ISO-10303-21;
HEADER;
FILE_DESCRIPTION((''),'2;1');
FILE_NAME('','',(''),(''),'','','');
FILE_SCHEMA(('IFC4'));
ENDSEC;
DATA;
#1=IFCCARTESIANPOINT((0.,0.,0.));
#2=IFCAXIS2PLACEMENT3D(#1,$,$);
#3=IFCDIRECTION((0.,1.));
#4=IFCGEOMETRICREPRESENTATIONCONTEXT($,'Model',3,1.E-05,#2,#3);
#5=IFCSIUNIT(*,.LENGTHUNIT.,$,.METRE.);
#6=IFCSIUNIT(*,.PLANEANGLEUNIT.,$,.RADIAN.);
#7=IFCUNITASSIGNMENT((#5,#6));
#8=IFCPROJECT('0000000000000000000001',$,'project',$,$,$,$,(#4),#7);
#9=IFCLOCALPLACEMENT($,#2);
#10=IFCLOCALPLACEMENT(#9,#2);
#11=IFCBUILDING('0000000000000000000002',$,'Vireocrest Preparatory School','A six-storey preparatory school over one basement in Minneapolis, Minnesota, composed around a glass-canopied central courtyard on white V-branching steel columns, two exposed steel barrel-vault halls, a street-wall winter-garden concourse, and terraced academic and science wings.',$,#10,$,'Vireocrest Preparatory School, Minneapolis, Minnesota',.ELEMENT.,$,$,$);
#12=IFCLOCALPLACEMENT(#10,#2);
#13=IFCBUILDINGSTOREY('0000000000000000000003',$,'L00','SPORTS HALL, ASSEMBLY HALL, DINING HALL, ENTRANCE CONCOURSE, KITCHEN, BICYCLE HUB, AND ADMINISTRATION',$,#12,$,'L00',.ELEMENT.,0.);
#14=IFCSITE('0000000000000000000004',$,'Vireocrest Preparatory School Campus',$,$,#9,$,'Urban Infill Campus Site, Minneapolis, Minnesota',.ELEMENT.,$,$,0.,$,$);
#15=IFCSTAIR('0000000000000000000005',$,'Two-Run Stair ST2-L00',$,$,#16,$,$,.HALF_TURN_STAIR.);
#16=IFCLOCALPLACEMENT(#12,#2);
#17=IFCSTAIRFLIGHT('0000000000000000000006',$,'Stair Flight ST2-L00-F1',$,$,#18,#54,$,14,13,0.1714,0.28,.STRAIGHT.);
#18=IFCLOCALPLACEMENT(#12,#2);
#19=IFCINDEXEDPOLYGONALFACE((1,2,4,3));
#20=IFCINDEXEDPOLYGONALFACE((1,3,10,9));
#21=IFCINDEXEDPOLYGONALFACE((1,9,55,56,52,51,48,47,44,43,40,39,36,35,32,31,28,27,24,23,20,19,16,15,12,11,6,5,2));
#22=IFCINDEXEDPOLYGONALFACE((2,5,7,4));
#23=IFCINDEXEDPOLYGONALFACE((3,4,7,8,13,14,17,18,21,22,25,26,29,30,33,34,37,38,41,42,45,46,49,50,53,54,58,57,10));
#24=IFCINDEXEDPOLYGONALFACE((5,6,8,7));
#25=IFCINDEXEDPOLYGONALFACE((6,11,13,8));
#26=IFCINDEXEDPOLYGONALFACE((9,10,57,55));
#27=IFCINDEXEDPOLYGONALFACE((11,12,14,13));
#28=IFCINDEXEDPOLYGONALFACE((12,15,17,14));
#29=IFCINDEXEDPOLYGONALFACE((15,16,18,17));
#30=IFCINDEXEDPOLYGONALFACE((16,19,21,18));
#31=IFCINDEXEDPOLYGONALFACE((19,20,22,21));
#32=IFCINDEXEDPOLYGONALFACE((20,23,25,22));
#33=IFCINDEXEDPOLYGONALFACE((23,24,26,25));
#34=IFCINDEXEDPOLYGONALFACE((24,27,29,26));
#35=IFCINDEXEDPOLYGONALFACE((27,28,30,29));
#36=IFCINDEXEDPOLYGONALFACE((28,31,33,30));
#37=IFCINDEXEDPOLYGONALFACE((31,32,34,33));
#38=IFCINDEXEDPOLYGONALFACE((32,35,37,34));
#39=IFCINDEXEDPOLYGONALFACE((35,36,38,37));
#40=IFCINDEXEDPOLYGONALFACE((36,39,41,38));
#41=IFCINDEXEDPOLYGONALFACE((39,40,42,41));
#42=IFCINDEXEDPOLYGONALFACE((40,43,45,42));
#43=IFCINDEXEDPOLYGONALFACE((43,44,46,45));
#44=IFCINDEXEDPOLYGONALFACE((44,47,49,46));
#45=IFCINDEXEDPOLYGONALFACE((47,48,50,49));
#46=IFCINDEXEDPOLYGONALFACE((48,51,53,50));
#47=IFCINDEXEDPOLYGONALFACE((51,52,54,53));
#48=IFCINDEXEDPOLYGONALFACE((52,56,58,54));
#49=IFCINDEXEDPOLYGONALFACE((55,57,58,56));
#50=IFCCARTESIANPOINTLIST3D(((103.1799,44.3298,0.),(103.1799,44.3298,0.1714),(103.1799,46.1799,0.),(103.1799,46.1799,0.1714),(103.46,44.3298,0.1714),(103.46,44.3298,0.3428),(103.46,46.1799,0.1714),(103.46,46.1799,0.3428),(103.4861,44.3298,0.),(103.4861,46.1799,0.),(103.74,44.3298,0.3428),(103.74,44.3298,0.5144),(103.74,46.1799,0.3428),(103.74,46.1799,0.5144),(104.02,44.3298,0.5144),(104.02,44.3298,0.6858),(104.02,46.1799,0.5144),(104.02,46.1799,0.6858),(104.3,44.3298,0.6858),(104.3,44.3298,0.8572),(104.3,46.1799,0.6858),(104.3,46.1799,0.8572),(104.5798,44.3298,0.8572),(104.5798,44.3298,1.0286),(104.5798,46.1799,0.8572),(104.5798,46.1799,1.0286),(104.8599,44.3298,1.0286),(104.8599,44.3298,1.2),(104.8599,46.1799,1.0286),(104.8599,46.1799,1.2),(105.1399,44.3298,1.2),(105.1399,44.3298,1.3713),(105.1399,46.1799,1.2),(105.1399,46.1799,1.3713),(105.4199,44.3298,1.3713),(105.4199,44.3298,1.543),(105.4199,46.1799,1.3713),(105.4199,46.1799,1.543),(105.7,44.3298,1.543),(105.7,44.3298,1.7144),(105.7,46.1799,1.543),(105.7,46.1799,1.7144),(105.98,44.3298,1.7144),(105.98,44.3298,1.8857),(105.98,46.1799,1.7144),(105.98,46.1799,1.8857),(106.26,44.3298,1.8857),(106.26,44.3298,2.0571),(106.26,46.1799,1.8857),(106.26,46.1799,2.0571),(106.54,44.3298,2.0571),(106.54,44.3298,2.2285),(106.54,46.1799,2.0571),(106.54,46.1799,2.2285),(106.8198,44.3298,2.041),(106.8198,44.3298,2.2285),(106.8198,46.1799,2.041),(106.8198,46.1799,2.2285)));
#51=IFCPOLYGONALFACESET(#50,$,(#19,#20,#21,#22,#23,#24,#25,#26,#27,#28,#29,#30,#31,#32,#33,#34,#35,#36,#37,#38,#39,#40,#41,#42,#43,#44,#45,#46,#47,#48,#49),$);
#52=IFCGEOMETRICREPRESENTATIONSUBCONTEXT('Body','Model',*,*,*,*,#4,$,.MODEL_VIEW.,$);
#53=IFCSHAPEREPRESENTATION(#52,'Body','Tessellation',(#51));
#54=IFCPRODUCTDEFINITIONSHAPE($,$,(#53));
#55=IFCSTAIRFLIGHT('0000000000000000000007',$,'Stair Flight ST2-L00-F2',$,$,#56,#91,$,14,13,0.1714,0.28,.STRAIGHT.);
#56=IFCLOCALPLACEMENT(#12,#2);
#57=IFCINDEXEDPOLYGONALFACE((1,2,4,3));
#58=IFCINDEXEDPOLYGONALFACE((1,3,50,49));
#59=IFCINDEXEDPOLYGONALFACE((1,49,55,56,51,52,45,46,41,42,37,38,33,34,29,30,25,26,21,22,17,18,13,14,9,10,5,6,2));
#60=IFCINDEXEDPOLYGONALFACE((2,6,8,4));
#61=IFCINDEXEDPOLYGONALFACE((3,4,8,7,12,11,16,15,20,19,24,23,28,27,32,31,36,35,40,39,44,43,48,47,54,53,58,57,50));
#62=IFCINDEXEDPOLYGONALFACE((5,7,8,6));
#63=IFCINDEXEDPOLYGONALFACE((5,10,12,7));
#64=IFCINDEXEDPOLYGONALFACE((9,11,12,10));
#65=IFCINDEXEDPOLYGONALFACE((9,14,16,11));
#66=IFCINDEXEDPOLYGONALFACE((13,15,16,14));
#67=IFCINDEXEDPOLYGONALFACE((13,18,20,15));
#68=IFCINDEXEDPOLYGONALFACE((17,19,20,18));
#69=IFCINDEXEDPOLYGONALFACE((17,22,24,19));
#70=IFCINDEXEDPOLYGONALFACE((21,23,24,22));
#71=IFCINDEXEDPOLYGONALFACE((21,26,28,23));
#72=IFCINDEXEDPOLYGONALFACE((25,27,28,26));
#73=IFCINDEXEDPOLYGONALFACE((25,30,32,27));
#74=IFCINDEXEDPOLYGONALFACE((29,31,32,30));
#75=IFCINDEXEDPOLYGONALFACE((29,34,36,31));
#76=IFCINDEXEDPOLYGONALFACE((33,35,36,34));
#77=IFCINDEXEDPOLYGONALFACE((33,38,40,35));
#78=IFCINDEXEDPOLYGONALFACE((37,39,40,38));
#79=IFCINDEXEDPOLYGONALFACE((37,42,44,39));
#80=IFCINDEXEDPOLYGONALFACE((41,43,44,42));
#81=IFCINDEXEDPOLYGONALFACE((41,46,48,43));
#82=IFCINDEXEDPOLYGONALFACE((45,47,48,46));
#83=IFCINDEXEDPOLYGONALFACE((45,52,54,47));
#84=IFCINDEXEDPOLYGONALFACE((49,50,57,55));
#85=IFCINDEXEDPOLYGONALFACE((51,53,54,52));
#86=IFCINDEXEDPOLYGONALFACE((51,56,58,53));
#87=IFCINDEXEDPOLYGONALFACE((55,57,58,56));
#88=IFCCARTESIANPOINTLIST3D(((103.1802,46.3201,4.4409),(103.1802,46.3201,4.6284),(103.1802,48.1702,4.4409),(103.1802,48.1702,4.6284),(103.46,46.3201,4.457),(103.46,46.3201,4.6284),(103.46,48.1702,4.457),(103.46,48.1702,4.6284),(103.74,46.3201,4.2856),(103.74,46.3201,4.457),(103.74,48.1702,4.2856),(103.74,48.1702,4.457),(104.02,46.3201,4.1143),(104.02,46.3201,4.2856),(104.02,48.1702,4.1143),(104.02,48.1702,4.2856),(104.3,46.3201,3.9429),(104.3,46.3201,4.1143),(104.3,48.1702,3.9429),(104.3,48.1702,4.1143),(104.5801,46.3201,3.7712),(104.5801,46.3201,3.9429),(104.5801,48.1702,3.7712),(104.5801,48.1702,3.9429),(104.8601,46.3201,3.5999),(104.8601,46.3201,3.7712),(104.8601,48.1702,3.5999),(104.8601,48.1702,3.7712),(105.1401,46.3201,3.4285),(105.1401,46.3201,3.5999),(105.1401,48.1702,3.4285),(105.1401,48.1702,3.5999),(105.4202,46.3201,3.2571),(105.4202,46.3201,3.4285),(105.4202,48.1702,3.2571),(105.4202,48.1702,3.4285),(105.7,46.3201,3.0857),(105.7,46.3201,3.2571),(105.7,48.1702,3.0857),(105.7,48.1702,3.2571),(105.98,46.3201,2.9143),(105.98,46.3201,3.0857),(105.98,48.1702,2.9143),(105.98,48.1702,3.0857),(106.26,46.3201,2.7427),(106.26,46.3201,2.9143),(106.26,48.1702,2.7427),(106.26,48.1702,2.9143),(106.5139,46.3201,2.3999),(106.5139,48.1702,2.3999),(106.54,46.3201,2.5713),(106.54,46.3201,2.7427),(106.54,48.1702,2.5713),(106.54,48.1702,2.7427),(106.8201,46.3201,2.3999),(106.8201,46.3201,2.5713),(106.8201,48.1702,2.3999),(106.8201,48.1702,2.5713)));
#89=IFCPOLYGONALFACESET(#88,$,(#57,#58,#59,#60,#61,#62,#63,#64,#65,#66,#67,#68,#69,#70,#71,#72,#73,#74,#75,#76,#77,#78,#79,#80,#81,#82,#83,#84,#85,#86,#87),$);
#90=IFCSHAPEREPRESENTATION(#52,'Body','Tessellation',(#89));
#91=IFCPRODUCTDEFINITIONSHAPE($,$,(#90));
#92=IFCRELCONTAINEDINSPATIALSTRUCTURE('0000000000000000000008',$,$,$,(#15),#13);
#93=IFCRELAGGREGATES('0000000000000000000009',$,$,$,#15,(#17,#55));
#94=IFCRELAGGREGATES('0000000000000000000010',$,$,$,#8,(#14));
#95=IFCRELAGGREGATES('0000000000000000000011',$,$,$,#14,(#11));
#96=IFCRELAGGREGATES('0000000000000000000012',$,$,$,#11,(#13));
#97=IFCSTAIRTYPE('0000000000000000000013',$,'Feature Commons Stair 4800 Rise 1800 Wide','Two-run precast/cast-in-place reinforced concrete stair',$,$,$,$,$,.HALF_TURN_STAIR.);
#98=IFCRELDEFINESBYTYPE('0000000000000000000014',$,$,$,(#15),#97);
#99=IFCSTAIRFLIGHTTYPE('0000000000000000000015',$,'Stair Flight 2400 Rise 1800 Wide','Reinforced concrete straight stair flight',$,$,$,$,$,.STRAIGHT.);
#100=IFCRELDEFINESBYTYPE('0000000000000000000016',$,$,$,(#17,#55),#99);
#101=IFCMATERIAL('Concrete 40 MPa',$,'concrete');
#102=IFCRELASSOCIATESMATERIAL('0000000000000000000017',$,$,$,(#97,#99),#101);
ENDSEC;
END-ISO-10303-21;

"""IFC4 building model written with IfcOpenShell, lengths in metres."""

from ifc_helpers import new_model, si_unit, direction, frame, origin, place, context, subcontext, project, spatial, polyline, outline, extrude, material, type_object, element, aggregate, save


model = new_model("IFC4")

# Units and contexts
model_context = context("Model", 3, precision=1e-05, world=origin(), true_north=direction((0.0, 1.0)))
body_context = subcontext(model_context, "Body", "Model", "MODEL_VIEW")
ifc_project = project(units=[si_unit("LENGTHUNIT", "METRE"), si_unit("PLANEANGLEUNIT", "RADIAN")], contexts=[model_context])

# Site, building, storey
site_placement = place(None, origin())
site = spatial("IfcSite", under=ifc_project, at=site_placement, Name="Vireocrest Preparatory School Campus", LongName="Urban Infill Campus Site, Minneapolis, Minnesota", CompositionType="ELEMENT", RefElevation=0.0)
building_placement = place(site_placement, origin())
building = spatial("IfcBuilding", under=site, at=building_placement, Name="Vireocrest Preparatory School", Description="A six-storey preparatory school over one basement in Minneapolis, Minnesota, composed around a glass-canopied central courtyard on white V-branching steel columns, two exposed steel barrel-vault halls, a street-wall winter-garden concourse, and terraced academic and science wings.", LongName="Vireocrest Preparatory School, Minneapolis, Minnesota", CompositionType="ELEMENT")
storey_placement = place(building_placement, origin())
storey = spatial("IfcBuildingStorey", under=building, at=storey_placement, Name="L00", Description="SPORTS HALL, ASSEMBLY HALL, DINING HALL, ENTRANCE CONCOURSE, KITCHEN, BICYCLE HUB, AND ADMINISTRATION", LongName="L00", CompositionType="ELEMENT", Elevation=0.0)

# Shared definitions
ifc_material_1 = material(Name="Concrete 40 MPa", Category="concrete")

# Stair, stair flights
stair_type = type_object("IfcStairType", Name="Feature Commons Stair 4800 Rise 1800 Wide", Description="Two-run precast/cast-in-place reinforced concrete stair", PredefinedType="HALF_TURN_STAIR", material=ifc_material_1)
stair_placement = place(storey_placement, origin())
stair = element("IfcStair", 1, at=stair_placement, inside=storey, type_object=stair_type, Name="Two-Run Stair ST2-L00", PredefinedType="HALF_TURN_STAIR")
stair_flight_type = type_object("IfcStairFlightType", Name="Stair Flight 2400 Rise 1800 Wide", Description="Reinforced concrete straight stair flight", PredefinedType="STRAIGHT", material=ifc_material_1)
stair_flight_1_placement = place(storey_placement, frame((103.1799, 45.2549, 0.0), z_axis=(0.0, 0.0, 1.0), x_axis=(1.0, 0.0, 0.0)))
stair_flight_1 = element("IfcStairFlight", 2, at=stair_flight_1_placement, type_object=stair_flight_type, Name="Stair Flight ST2-L00-F1", NumberOfRisers=14, NumberOfTreads=13, PredefinedType="STRAIGHT", RiserHeight=0.1714, TreadLength=0.28, context=body_context, shape_type="SweptSolid", body=[
    extrude(outline(polyline([(0.0, 0.0), (0.0, 0.1714), (0.28, 0.1714), (0.28, 0.3428), (0.5601, 0.3428), (0.5601, 0.5144), (0.8401, 0.5144), (0.8401, 0.6858), (1.1201, 0.6858), (1.1201, 0.8572), (1.3999, 0.8572), (1.3999, 1.0286), (1.6799, 1.0286), (1.6799, 1.2), (1.96, 1.2), (1.96, 1.3713), (2.24, 1.3713), (2.24, 1.543), (2.52, 1.543), (2.52, 1.7144), (2.8, 1.7144), (2.8, 1.8857), (3.0801, 1.8857), (3.0801, 2.0571), (3.3601, 2.0571), (3.3601, 2.2285), (3.6399, 2.2285), (3.6399, 2.3999), (3.6399, 2.041), (0.3062, 0.0), (0.0, 0.0)])), frame((0.0, 0.925, 0.0), z_axis=(0.0, -1.0, 0.0), x_axis=(1.0, 0.0, 0.0)), (0.0, 0.0, 1.0), 1.8501),
])
stair_flight_2_placement = place(storey_placement, frame((106.8201, 47.2451, 2.3999), z_axis=(0.0, 0.0, 1.0), x_axis=(-1.0, 0.0, 0.0)))
stair_flight_2 = element("IfcStairFlight", 3, at=stair_flight_2_placement, type_object=stair_flight_type, Name="Stair Flight ST2-L00-F2", NumberOfRisers=14, NumberOfTreads=13, PredefinedType="STRAIGHT", RiserHeight=0.1714, TreadLength=0.28, context=body_context, shape_type="SweptSolid", body=[
    extrude(outline(polyline([(0.0, 0.0), (0.0, 0.1714), (0.28, 0.1714), (0.28, 0.3428), (0.5601, 0.3428), (0.5601, 0.5144), (0.8401, 0.5144), (0.8401, 0.6858), (1.1201, 0.6858), (1.1201, 0.8572), (1.3999, 0.8572), (1.3999, 1.0286), (1.6799, 1.0286), (1.6799, 1.2), (1.96, 1.2), (1.96, 1.3713), (2.24, 1.3713), (2.24, 1.543), (2.52, 1.543), (2.52, 1.7144), (2.8, 1.7144), (2.8, 1.8857), (3.0801, 1.8857), (3.0801, 2.0571), (3.3601, 2.0571), (3.3601, 2.2285), (3.6399, 2.2285), (3.6399, 2.3999), (3.6399, 2.041), (0.3062, 0.0), (0.0, 0.0)])), frame((0.0, 0.925, 0.0), z_axis=(0.0, -1.0, 0.0), x_axis=(1.0, 0.0, 0.0)), (0.0, 0.0, 1.0), 1.8501),
])
aggregate(stair, [stair_flight_1, stair_flight_2])

save(model, "model.ifc")
